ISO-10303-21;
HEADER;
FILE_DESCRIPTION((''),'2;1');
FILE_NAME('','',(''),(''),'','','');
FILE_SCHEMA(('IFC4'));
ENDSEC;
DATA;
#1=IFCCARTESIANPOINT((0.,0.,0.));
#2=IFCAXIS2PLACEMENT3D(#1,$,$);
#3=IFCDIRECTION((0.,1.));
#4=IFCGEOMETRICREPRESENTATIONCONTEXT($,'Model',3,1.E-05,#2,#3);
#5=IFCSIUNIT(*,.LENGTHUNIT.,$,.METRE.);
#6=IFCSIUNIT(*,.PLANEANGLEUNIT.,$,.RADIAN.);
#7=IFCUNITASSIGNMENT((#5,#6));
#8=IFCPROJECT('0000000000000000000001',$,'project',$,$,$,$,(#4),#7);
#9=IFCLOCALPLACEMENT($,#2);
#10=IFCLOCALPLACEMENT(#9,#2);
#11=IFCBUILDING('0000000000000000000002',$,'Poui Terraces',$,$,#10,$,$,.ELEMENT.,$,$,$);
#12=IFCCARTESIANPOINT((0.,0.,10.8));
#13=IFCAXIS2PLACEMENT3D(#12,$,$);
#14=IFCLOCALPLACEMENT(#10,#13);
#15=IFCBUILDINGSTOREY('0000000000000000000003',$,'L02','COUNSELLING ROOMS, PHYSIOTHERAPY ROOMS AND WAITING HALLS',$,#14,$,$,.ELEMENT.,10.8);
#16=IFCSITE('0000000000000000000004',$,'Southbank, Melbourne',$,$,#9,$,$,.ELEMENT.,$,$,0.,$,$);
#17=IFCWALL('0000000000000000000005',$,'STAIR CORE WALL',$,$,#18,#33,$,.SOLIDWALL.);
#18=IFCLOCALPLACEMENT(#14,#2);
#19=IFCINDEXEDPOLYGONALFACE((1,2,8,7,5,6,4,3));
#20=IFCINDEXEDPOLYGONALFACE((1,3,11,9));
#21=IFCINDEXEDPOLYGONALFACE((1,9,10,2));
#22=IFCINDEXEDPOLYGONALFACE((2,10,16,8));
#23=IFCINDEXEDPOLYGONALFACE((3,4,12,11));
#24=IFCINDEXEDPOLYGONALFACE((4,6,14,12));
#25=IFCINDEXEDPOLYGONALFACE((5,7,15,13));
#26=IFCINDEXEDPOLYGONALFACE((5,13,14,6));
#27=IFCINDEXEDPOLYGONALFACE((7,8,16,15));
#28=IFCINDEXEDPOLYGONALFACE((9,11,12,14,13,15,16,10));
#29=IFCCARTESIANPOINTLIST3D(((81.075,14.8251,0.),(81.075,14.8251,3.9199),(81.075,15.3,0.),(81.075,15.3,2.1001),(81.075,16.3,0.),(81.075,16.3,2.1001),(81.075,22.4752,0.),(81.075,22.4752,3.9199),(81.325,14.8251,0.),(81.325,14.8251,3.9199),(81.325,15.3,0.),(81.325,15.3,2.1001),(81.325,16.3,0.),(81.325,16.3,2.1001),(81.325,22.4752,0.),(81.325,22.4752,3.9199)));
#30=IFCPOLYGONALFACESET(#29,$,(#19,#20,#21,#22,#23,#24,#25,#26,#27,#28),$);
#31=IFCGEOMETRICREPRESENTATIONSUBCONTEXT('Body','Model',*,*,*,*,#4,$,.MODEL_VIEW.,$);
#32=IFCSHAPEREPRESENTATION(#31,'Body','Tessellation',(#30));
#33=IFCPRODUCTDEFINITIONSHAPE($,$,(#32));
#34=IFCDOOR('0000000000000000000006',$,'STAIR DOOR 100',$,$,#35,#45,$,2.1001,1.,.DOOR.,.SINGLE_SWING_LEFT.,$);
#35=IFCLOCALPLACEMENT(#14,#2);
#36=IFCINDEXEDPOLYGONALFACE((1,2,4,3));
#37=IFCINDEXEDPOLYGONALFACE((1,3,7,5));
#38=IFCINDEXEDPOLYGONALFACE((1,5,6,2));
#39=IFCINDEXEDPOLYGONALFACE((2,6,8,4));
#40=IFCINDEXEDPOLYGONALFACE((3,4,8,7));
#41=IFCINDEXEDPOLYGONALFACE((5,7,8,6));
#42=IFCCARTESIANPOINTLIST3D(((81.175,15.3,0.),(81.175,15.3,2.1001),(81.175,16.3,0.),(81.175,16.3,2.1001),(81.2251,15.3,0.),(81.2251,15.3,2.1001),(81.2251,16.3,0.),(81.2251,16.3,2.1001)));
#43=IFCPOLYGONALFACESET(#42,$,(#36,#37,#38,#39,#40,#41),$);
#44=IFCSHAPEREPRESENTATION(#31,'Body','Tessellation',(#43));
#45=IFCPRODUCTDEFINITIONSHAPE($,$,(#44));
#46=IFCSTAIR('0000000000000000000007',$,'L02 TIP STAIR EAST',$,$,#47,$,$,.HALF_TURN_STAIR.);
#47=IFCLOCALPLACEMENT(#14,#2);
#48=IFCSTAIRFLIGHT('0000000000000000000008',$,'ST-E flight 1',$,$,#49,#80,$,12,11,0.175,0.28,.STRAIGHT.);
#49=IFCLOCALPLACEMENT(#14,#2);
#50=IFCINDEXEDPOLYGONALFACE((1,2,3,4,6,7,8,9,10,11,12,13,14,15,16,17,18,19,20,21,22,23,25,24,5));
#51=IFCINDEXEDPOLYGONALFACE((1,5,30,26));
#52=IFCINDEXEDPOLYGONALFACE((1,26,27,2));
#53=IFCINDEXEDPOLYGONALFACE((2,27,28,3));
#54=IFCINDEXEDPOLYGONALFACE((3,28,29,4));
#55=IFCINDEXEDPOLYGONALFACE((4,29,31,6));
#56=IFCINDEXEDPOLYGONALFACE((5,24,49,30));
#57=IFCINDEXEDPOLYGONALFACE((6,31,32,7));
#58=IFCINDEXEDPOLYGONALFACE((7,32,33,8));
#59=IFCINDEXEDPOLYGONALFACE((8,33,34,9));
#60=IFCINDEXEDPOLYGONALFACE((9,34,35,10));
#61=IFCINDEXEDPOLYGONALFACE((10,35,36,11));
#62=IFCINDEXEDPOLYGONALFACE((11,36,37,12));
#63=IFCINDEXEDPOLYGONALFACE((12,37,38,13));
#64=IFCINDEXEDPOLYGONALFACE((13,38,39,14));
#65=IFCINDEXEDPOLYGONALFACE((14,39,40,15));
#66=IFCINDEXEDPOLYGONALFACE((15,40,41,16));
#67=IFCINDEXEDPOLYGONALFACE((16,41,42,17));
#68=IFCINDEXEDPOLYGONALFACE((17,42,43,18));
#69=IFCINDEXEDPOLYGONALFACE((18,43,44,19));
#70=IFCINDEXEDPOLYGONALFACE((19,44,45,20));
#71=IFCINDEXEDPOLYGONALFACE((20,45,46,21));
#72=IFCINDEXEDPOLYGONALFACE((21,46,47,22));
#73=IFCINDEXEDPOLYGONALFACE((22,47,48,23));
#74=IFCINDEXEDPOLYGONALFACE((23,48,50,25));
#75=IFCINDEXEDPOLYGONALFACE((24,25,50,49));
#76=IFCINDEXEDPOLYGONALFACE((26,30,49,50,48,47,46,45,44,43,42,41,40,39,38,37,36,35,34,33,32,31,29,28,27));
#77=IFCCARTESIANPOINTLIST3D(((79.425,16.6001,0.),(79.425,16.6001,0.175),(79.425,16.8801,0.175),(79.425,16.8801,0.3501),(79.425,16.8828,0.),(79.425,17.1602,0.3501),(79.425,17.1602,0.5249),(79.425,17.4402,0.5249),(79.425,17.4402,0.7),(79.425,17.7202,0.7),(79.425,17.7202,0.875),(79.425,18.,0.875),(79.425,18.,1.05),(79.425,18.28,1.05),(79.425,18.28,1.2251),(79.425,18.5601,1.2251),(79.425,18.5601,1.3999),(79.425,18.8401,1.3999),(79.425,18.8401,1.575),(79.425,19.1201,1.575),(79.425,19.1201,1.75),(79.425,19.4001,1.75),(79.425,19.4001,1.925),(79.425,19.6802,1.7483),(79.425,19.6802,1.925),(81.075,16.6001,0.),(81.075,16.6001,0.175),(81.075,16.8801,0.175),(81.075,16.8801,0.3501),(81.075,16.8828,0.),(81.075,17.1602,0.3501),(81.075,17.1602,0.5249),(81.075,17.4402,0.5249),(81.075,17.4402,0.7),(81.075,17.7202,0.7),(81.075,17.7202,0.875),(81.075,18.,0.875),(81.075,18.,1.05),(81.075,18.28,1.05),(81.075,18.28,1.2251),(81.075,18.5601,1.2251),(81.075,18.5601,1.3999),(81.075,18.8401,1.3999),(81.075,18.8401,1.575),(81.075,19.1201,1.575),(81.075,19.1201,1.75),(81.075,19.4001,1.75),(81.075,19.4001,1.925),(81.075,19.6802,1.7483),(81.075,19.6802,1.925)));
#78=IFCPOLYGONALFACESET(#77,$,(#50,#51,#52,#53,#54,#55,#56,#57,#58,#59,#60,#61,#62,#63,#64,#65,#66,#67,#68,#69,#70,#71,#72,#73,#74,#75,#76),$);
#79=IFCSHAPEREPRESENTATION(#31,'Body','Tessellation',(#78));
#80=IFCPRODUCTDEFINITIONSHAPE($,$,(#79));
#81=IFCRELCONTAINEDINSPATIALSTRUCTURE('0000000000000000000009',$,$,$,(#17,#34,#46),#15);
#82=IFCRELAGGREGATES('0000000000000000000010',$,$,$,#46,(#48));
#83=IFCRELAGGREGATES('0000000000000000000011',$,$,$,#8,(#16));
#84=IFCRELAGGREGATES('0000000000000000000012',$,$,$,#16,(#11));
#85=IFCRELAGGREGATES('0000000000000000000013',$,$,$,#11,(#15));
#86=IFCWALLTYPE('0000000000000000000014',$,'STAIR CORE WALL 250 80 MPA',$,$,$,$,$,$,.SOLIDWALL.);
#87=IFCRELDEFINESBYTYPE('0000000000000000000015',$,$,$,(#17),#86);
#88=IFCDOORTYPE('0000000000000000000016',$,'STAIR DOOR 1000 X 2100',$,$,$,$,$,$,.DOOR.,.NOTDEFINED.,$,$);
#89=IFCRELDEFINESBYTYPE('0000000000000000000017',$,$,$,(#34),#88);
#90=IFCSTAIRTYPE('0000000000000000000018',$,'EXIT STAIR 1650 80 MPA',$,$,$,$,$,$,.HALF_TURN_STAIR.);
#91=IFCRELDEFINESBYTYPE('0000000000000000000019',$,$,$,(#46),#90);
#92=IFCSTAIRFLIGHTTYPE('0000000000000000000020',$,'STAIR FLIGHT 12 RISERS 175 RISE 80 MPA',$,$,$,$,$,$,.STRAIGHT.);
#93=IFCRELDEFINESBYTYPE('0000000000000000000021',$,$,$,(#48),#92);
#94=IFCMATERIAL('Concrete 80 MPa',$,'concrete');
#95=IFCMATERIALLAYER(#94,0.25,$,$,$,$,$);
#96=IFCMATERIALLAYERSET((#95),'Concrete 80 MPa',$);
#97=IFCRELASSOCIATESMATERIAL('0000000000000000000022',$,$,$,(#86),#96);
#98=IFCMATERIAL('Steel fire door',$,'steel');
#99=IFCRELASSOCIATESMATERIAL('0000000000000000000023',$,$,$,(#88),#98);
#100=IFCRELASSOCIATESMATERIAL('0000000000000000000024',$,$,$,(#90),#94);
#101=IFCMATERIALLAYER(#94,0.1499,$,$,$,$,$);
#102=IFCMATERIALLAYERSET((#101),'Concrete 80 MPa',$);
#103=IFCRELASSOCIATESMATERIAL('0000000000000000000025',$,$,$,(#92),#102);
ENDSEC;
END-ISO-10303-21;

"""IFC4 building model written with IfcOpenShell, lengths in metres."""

from ifc_helpers import new_model, si_unit, direction, frame, frame_2d, origin, place, context, subcontext, project, spatial, polyline, rectangle, outline, extrude, material, layer, layer_set, type_object, element, fill, aggregate, save


model = new_model("IFC4")

# Units and contexts
model_context = context("Model", 3, precision=1e-05, world=origin(), true_north=direction((0.0, 1.0)))
body_context = subcontext(model_context, "Body", "Model", "MODEL_VIEW")
ifc_project = project(units=[si_unit("LENGTHUNIT", "METRE"), si_unit("PLANEANGLEUNIT", "RADIAN")], contexts=[model_context])

# Site, building, storey
site_placement = place(None, origin())
site = spatial("IfcSite", under=ifc_project, at=site_placement, Name="Southbank, Melbourne", CompositionType="ELEMENT", RefElevation=0.0)
building_placement = place(site_placement, origin())
building = spatial("IfcBuilding", under=site, at=building_placement, Name="Poui Terraces", CompositionType="ELEMENT")
storey_placement = place(building_placement, frame((0.0, 0.0, 10.8)))
storey = spatial("IfcBuildingStorey", under=building, at=storey_placement, Name="L02", Description="COUNSELLING ROOMS, PHYSIOTHERAPY ROOMS AND WAITING HALLS", CompositionType="ELEMENT", Elevation=10.8)

# Shared definitions
ifc_material_1 = material(Name="Concrete 80 MPa", Category="concrete")

# Wall, opening, door
ifc_layer_1 = layer(ifc_material_1, 0.25)
ifc_layer_set_1 = layer_set([ifc_layer_1], Name="Concrete 80 MPa")
wall_type_1 = type_object("IfcWallType", Name="STAIR CORE WALL 250 80 MPA", PredefinedType="SOLIDWALL", material=ifc_layer_set_1)
wall_1_placement = place(storey_placement, frame((81.2, 14.825, 0.0), z_axis=(0.0, 0.0, 1.0), x_axis=(0.0, 1.0, 0.0)))
wall_1 = element("IfcWall", 1, at=wall_1_placement, inside=storey, type_object=wall_type_1, Name="STAIR CORE WALL", PredefinedType="SOLIDWALL", context=body_context, shape_type="SweptSolid", body=[
    extrude(rectangle(XDim=7.6501, YDim=0.25, at=frame_2d((3.8252, 0.0))), origin(), (0.0, 0.0, 1.0), 3.9199),
])
opening_1_placement = place(wall_1_placement, frame((0.4751, 0.0, 0.0)))
opening_1 = element("IfcOpeningElement", 2, at=opening_1_placement, cuts=wall_1, PredefinedType="OPENING", context=body_context, shape_type="SweptSolid", body=[
    extrude(rectangle(XDim=1.0, YDim=2.1001, at=frame_2d((0.5, 1.05))), frame((0.0, 0.135, 0.0), z_axis=(0.0, -1.0, 0.0), x_axis=(1.0, 0.0, 0.0)), (0.0, 0.0, 1.0), 0.27),
])
ifc_material_2 = material(Name="Steel fire door", Category="steel")
door_type_1 = type_object("IfcDoorType", Name="STAIR DOOR 1000 X 2100", OperationType="NOTDEFINED", PredefinedType="DOOR", material=ifc_material_2)
door_1_placement = place(opening_1_placement, origin())
door_1 = element("IfcDoor", 3, at=door_1_placement, inside=storey, type_object=door_type_1, Name="STAIR DOOR 100", OperationType="SINGLE_SWING_LEFT", OverallHeight=2.1001, OverallWidth=1.0, PredefinedType="DOOR", context=body_context, shape_type="SweptSolid", body=[
    extrude(rectangle(XDim=1.0, YDim=2.1001, at=frame_2d((0.5, 1.05))), frame((0.0, 0.0249, 0.0), z_axis=(0.0, -1.0, 0.0), x_axis=(1.0, 0.0, 0.0)), (0.0, 0.0, 1.0), 0.05),
])
fill(opening_1, door_1)

# Stair, stair flight
stair_type = type_object("IfcStairType", Name="EXIT STAIR 1650 80 MPA", PredefinedType="HALF_TURN_STAIR", material=ifc_material_1)
stair_placement = place(storey_placement, origin())
stair = element("IfcStair", 4, at=stair_placement, inside=storey, type_object=stair_type, Name="L02 TIP STAIR EAST", PredefinedType="HALF_TURN_STAIR")
ifc_layer_2 = layer(ifc_material_1, 0.1499)
ifc_layer_set_2 = layer_set([ifc_layer_2], Name="Concrete 80 MPa")
stair_flight_type = type_object("IfcStairFlightType", Name="STAIR FLIGHT 12 RISERS 175 RISE 80 MPA", PredefinedType="STRAIGHT", material=ifc_layer_set_2)
stair_flight_placement = place(storey_placement, frame((80.25, 16.6001, 0.0), z_axis=(0.0, 0.0, 1.0), x_axis=(0.0, 1.0, 0.0)))
stair_flight = element("IfcStairFlight", 5, at=stair_flight_placement, type_object=stair_flight_type, Name="ST-E flight 1", NumberOfRisers=12, NumberOfTreads=11, PredefinedType="STRAIGHT", RiserHeight=0.175, TreadLength=0.28, context=body_context, shape_type="SweptSolid", body=[
    extrude(outline(polyline([(0.0, 0.0), (0.0, 0.175), (0.28, 0.175), (0.28, 0.3501), (0.5601, 0.3501), (0.5601, 0.5249), (0.8401, 0.5249), (0.8401, 0.7), (1.1201, 0.7), (1.1201, 0.875), (1.3999, 0.875), (1.3999, 1.05), (1.6799, 1.05), (1.6799, 1.2251), (1.96, 1.2251), (1.96, 1.3999), (2.24, 1.3999), (2.24, 1.575), (2.52, 1.575), (2.52, 1.75), (2.8, 1.75), (2.8, 1.925), (3.0801, 1.925), (3.0801, 2.1001), (3.0801, 1.7483), (0.2827, 0.0), (0.0, 0.0)])), frame((0.0, 0.825, 0.0), z_axis=(0.0, -1.0, 0.0), x_axis=(1.0, 0.0, 0.0)), (0.0, 0.0, 1.0), 1.6499),
])
aggregate(stair, [stair_flight])

save(model, "model.ifc")
